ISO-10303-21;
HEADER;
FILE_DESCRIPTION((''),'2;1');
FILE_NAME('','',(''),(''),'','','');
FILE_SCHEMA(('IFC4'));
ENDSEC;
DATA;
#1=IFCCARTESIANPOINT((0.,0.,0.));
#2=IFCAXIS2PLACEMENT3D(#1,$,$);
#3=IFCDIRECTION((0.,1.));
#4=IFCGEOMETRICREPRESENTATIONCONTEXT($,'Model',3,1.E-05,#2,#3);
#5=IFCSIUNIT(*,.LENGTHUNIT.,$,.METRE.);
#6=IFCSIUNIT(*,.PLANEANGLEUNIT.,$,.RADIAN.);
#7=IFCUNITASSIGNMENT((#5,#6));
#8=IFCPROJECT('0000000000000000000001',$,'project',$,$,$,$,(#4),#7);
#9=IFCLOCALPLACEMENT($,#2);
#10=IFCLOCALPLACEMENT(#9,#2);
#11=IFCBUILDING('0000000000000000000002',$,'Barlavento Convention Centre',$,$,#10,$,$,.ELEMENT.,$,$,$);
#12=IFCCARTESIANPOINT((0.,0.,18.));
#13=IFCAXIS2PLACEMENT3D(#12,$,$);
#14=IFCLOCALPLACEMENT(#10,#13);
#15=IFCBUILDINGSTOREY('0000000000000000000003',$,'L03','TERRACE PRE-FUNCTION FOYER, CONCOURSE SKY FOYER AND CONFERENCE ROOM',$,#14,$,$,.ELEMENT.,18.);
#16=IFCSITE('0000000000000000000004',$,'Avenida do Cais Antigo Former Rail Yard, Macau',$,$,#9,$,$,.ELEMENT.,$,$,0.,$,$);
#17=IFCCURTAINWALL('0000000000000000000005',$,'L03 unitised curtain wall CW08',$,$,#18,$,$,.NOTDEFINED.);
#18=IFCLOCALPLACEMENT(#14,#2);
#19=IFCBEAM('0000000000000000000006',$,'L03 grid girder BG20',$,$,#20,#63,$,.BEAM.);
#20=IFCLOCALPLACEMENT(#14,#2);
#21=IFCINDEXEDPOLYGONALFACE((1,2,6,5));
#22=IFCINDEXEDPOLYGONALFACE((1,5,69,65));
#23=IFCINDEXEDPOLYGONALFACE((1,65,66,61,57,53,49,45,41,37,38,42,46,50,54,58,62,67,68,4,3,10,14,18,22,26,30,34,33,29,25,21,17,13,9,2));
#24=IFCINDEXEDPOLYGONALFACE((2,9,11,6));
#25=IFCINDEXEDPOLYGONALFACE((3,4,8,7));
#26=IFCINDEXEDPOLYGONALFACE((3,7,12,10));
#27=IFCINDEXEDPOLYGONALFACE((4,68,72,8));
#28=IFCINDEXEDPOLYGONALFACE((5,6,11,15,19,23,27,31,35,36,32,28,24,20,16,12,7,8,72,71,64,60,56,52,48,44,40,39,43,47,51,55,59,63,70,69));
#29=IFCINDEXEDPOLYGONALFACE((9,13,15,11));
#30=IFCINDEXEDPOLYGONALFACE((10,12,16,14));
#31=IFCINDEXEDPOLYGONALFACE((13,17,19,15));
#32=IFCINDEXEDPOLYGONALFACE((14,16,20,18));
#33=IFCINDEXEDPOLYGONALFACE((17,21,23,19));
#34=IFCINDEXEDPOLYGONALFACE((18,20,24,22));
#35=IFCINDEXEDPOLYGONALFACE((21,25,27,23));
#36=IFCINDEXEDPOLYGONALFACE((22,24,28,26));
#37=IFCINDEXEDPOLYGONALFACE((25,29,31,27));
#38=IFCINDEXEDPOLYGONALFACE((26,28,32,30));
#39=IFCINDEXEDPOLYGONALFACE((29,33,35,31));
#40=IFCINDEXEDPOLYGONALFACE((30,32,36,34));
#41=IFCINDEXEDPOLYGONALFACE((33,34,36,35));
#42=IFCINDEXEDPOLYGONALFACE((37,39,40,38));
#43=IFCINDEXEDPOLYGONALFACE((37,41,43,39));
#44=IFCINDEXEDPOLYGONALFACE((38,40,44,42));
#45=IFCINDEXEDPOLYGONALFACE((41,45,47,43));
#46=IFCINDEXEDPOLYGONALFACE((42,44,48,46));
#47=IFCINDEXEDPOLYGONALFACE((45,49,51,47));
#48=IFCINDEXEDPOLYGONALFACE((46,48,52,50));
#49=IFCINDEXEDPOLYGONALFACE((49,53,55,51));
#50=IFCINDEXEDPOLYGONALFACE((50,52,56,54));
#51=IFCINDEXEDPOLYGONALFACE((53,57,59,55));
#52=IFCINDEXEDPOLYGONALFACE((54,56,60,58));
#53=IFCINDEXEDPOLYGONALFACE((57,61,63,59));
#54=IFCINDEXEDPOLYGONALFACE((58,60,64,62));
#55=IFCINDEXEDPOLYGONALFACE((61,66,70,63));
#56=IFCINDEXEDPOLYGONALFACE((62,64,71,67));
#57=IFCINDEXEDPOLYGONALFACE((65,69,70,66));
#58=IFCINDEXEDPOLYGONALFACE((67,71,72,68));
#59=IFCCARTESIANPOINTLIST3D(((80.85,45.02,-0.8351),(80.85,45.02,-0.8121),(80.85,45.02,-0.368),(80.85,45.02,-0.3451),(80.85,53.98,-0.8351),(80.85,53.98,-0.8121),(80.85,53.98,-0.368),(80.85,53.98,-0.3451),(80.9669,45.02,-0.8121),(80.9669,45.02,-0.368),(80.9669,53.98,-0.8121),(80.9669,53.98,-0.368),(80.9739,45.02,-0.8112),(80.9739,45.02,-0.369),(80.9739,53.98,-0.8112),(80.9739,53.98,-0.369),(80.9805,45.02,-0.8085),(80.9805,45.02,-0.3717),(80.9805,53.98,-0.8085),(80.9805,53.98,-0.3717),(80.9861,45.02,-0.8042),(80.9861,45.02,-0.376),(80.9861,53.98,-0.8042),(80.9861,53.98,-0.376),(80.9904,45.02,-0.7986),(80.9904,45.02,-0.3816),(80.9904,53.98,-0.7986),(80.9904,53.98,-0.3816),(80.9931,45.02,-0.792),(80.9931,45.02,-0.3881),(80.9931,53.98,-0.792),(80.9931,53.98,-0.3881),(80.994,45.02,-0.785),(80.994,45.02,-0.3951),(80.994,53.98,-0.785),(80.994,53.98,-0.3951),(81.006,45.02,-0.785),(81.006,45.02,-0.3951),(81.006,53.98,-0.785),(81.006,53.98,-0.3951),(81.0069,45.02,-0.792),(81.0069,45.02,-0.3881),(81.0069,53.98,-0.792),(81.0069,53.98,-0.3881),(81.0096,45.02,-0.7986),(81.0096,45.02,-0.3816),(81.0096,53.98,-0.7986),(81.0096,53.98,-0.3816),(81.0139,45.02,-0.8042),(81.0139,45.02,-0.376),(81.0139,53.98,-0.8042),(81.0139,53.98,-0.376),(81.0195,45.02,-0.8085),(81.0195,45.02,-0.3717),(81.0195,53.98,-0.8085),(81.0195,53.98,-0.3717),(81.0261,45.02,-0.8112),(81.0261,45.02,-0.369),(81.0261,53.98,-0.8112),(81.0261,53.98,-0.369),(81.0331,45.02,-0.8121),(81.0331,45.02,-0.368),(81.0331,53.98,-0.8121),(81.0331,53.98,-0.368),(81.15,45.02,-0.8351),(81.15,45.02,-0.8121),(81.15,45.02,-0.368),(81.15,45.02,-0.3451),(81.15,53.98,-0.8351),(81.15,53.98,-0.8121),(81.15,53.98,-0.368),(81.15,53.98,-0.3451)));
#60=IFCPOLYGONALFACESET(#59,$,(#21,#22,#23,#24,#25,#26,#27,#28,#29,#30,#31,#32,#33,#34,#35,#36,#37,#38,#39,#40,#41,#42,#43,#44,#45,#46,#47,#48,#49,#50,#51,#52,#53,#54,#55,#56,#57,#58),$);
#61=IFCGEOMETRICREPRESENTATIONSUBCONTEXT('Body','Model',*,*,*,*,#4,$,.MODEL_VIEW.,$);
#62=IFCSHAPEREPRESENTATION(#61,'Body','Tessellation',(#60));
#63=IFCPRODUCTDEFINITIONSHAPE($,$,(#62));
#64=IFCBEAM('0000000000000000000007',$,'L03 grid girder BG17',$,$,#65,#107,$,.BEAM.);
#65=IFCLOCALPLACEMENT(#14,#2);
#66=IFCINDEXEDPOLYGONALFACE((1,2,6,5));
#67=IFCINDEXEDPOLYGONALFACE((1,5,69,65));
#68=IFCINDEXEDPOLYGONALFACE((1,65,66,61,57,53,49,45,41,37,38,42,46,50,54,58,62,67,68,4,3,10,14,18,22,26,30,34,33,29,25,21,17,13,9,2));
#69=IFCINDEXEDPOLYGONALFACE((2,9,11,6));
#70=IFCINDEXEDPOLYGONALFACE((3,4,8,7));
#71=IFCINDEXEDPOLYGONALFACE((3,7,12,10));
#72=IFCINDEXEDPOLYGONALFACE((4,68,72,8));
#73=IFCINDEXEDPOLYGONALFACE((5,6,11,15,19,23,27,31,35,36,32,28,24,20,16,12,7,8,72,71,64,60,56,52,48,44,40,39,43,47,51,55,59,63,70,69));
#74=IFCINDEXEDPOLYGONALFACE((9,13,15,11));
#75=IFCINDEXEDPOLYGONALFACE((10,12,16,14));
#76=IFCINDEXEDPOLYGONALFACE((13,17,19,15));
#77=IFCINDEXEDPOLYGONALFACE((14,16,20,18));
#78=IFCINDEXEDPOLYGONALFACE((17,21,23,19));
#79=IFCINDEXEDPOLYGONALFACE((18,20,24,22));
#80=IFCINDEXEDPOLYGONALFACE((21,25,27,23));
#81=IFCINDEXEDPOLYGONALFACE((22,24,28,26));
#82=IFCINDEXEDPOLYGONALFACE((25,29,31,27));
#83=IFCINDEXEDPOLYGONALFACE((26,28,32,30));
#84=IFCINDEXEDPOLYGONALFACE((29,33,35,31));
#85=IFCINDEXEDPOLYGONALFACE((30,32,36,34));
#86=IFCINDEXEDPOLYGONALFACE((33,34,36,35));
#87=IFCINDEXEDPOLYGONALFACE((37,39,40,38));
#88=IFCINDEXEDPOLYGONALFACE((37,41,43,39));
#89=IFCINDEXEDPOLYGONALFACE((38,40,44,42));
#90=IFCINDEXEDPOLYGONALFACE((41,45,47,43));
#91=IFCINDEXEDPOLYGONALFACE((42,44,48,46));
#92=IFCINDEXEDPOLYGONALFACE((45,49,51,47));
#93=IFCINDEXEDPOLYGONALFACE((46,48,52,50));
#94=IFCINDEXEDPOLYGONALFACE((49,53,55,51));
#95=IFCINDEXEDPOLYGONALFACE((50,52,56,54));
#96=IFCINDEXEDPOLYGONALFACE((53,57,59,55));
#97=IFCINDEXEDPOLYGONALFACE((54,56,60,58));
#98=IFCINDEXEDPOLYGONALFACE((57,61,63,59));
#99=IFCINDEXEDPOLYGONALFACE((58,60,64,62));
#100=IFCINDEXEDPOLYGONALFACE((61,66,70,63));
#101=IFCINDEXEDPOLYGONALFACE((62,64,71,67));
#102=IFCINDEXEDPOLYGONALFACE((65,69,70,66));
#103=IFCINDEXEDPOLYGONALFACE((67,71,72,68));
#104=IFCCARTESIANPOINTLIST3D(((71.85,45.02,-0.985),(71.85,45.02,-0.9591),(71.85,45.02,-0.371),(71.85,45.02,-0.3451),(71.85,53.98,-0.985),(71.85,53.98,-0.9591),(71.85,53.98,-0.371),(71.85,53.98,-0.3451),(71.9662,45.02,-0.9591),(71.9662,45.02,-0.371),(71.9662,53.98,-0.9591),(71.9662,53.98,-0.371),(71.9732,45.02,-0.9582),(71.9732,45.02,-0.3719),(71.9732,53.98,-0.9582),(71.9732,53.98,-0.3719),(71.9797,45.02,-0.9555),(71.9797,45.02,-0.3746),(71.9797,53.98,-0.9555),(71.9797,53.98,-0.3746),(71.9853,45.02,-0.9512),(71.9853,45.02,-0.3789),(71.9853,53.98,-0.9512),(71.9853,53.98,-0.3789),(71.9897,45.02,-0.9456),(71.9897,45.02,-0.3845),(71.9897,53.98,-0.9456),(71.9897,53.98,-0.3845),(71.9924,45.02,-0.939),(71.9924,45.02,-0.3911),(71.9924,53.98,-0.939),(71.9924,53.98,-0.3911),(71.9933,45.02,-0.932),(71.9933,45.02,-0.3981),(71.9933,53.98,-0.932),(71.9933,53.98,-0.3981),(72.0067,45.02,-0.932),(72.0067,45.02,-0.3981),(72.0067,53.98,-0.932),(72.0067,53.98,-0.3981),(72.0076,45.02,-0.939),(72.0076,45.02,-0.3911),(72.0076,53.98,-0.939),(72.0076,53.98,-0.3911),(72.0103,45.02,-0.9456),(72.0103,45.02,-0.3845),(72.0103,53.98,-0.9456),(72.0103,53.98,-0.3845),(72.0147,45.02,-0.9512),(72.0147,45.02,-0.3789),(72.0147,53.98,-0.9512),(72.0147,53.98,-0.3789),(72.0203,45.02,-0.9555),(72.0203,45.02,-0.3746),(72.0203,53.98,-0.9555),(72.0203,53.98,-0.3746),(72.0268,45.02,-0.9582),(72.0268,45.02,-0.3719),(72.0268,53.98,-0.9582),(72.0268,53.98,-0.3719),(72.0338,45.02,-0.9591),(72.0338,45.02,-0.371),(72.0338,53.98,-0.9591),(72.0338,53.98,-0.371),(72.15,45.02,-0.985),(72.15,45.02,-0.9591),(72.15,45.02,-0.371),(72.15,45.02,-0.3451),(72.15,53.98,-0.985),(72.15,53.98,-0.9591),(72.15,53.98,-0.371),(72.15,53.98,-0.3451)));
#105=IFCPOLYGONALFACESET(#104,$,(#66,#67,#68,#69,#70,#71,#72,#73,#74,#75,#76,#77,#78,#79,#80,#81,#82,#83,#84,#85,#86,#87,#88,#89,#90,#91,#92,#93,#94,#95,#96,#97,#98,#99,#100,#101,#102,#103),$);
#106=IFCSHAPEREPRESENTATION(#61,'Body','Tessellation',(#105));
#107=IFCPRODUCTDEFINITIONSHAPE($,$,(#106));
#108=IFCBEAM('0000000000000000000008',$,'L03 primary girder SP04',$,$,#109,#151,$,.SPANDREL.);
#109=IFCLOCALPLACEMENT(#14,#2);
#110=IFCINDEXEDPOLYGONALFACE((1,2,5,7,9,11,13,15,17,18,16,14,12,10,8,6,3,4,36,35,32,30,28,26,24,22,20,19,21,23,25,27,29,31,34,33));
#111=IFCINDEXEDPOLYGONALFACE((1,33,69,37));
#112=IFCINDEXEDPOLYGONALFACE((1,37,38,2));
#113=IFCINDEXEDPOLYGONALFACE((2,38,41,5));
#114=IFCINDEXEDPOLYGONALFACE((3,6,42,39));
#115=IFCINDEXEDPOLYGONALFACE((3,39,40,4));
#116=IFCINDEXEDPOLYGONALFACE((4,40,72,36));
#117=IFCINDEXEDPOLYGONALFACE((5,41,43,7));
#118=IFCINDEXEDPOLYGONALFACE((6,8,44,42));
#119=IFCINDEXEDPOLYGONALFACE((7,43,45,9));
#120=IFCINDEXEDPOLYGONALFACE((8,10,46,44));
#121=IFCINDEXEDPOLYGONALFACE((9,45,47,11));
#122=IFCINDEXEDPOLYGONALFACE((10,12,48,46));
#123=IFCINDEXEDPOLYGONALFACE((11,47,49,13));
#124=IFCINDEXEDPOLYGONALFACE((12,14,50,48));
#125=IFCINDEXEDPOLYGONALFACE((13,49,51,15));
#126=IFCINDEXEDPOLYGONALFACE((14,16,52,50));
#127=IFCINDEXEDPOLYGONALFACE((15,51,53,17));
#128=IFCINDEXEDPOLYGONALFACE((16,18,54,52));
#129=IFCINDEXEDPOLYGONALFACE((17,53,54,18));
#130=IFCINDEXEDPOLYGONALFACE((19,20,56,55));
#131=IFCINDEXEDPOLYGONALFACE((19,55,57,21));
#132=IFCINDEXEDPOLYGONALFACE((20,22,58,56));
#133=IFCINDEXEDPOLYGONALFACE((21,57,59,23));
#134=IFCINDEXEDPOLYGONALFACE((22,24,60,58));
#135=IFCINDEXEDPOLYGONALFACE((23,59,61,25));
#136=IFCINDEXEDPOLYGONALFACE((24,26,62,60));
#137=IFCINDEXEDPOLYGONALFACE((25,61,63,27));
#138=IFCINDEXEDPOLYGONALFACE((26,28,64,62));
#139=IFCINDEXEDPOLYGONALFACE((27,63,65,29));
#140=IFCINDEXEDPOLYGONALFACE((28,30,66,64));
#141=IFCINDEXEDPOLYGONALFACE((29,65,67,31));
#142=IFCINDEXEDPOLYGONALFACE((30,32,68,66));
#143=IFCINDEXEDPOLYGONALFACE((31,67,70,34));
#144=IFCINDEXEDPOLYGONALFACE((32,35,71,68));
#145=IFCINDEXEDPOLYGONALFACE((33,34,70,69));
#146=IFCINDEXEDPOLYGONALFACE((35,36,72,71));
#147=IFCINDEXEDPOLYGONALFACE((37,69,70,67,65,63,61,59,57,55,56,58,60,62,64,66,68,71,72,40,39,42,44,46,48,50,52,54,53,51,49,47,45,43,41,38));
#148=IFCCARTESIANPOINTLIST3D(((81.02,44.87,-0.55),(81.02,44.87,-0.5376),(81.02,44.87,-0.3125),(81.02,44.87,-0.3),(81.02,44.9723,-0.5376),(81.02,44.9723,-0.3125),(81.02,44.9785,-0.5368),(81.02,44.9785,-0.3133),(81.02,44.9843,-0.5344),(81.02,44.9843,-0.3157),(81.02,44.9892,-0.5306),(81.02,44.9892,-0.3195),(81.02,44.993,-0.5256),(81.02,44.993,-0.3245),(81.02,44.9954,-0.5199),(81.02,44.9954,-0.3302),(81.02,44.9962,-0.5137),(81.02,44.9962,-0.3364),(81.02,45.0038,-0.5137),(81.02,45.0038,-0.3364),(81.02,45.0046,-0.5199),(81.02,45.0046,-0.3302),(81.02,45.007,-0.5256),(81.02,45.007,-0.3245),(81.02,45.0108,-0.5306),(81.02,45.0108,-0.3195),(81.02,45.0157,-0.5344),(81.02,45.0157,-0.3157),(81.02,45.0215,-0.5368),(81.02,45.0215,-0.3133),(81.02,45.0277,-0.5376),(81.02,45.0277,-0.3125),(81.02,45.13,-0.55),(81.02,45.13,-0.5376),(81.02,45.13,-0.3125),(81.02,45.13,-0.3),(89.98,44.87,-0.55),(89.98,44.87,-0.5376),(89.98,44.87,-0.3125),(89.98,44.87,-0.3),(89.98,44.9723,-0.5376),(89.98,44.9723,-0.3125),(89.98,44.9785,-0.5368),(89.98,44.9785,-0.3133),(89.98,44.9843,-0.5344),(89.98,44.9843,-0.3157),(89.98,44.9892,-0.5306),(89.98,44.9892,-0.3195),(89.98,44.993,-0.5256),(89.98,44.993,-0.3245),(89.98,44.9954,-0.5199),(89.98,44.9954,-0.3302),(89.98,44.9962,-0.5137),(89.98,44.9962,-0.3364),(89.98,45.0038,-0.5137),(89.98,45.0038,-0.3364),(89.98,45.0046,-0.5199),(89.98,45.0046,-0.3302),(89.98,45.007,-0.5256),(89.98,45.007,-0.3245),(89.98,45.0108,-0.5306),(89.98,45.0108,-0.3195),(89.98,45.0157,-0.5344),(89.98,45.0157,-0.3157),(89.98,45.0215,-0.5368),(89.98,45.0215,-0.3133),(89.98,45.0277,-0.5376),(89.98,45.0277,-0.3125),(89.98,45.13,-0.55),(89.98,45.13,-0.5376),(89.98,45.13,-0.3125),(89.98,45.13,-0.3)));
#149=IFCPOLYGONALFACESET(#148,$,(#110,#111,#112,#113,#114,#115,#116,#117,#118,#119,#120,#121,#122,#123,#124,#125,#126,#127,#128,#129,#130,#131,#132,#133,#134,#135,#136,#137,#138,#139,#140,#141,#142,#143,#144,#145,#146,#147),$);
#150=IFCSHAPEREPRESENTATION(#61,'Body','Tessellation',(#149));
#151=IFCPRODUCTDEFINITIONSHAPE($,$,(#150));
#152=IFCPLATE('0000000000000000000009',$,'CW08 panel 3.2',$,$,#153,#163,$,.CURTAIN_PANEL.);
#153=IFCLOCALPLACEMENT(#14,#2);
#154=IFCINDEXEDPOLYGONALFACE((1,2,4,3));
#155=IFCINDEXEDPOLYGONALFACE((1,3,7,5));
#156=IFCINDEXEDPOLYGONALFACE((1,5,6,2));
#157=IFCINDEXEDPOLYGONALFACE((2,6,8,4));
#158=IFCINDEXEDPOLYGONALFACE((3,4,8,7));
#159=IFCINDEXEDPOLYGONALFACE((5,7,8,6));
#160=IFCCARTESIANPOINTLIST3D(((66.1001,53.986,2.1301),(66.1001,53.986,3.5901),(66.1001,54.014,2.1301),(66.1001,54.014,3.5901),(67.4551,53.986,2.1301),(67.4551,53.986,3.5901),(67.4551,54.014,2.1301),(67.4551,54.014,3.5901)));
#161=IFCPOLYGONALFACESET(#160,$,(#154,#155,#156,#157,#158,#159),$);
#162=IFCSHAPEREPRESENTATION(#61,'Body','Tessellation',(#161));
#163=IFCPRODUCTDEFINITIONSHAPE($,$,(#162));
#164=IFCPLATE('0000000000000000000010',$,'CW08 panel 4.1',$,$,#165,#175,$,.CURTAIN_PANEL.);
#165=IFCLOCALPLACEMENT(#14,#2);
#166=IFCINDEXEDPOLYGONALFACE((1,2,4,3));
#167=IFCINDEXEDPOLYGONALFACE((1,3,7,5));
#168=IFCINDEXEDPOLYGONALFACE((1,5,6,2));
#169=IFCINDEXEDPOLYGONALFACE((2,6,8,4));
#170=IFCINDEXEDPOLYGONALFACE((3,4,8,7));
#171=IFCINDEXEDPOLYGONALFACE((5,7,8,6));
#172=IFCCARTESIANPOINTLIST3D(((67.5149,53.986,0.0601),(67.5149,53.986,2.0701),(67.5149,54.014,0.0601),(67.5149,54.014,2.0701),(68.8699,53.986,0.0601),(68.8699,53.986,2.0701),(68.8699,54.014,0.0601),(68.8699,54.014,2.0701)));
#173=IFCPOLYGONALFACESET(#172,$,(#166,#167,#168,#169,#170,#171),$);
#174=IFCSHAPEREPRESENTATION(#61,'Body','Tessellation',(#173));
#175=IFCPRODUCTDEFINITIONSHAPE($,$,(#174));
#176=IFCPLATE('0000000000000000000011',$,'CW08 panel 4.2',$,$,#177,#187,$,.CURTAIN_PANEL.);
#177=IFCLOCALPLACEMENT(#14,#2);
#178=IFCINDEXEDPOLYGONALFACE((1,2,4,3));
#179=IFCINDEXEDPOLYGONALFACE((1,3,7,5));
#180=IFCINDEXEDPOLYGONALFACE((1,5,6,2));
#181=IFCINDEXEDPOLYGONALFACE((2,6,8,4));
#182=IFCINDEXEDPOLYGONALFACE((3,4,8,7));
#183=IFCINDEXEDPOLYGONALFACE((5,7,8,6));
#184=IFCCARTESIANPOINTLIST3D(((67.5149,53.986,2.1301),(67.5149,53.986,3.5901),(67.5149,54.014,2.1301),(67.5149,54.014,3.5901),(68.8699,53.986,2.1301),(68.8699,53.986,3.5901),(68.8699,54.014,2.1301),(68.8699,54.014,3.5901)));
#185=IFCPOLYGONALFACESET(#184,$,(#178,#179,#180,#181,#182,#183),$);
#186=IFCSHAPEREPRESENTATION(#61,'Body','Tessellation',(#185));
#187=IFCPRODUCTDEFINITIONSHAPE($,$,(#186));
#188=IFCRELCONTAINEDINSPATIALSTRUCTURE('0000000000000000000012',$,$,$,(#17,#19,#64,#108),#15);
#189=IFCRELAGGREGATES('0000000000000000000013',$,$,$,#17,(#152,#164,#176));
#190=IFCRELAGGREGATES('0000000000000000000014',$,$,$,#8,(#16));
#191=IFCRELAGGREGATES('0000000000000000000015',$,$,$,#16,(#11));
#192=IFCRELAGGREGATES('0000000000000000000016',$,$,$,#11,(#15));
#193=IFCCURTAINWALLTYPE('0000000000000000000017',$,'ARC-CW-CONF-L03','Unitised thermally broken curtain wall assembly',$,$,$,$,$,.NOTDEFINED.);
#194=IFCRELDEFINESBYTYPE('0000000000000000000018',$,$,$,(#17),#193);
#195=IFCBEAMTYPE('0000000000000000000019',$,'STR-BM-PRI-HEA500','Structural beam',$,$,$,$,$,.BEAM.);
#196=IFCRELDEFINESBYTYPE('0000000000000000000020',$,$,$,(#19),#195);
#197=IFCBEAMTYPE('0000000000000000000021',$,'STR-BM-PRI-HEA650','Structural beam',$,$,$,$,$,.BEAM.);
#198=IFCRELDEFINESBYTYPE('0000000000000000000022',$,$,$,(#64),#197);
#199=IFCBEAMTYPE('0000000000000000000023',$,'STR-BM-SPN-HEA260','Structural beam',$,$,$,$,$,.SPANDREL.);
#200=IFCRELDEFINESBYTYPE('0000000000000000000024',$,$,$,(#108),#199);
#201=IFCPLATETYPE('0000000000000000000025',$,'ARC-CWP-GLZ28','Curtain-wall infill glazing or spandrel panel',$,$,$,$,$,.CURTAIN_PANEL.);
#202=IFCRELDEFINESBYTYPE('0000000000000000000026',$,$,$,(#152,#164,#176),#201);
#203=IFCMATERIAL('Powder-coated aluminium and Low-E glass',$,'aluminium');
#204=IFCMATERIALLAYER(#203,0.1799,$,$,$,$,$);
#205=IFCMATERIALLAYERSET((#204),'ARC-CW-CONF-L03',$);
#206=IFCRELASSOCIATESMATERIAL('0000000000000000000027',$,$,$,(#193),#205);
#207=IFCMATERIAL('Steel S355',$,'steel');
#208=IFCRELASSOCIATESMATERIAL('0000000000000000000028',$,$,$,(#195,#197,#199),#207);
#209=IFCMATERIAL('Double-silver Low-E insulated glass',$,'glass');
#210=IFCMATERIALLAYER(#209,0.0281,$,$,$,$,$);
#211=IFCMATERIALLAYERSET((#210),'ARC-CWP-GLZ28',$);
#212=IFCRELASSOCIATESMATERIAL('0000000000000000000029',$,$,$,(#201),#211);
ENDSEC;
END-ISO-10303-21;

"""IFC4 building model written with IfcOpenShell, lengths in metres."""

from ifc_helpers import new_model, si_unit, direction, frame, origin, origin_2d, place, context, subcontext, project, spatial, rectangle, i_section, extrude, material, layer, layer_set, material_profile, profile_set, type_object, element, aggregate, save


model = new_model("IFC4")

# Units and contexts
model_context = context("Model", 3, precision=1e-05, world=origin(), true_north=direction((0.0, 1.0)))
body_context = subcontext(model_context, "Body", "Model", "MODEL_VIEW")
ifc_project = project(units=[si_unit("LENGTHUNIT", "METRE"), si_unit("PLANEANGLEUNIT", "RADIAN")], contexts=[model_context])

# Site, building, storey
site_placement = place(None, origin())
site = spatial("IfcSite", under=ifc_project, at=site_placement, Name="Avenida do Cais Antigo Former Rail Yard, Macau", CompositionType="ELEMENT", RefElevation=0.0)
building_placement = place(site_placement, origin())
building = spatial("IfcBuilding", under=site, at=building_placement, Name="Barlavento Convention Centre", CompositionType="ELEMENT")
storey_placement = place(building_placement, frame((0.0, 0.0, 18.0)))
storey = spatial("IfcBuildingStorey", under=building, at=storey_placement, Name="L03", Description="TERRACE PRE-FUNCTION FOYER, CONCOURSE SKY FOYER AND CONFERENCE ROOM", CompositionType="ELEMENT", Elevation=18.0)

# Shared definitions
ifc_material_1 = material(Name="Steel S355", Category="steel")

# Curtain wall
ifc_material_2 = material(Name="Powder-coated aluminium and Low-E glass", Category="aluminium")
ifc_layer_1 = layer(ifc_material_2, 0.1799)
ifc_layer_set_1 = layer_set([ifc_layer_1], Name="ARC-CW-CONF-L03")
curtain_wall_type = type_object("IfcCurtainWallType", Name="ARC-CW-CONF-L03", Description="Unitised thermally broken curtain wall assembly", PredefinedType="NOTDEFINED", material=ifc_layer_set_1)
curtain_wall_1_placement = place(storey_placement, origin())
curtain_wall_1 = element("IfcCurtainWall", 1, at=curtain_wall_1_placement, inside=storey, type_object=curtain_wall_type, Name="L03 unitised curtain wall CW08", PredefinedType="NOTDEFINED")

# Beams
ifc_material_profile_1 = material_profile(ifc_material_1, i_section(OverallWidth=0.3, OverallDepth=0.49, WebThickness=0.012, FlangeThickness=0.0229, FilletRadius=0.0271, at=origin_2d()), Name="HEA 500")
ifc_profile_set_1 = profile_set([ifc_material_profile_1], Name="Steel S355")
beam_type_1 = type_object("IfcBeamType", Name="STR-BM-PRI-HEA500", Description="Structural beam", PredefinedType="BEAM", material=ifc_profile_set_1)
beam_1_placement = place(storey_placement, frame((81.0, 45.02, -0.5901), z_axis=(0.0, 1.0, 0.0), x_axis=(-1.0, 0.0, 0.0)))
element("IfcBeam", 2, at=beam_1_placement, inside=storey, type_object=beam_type_1, Name="L03 grid girder BG20", PredefinedType="BEAM", context=body_context, shape_type="SweptSolid", body=[
    extrude(i_section(OverallWidth=0.3, OverallDepth=0.49, WebThickness=0.012, FlangeThickness=0.0229, FilletRadius=0.0271, at=origin_2d()), origin(), (0.0, 0.0, 1.0), 8.96),
])
ifc_material_profile_2 = material_profile(ifc_material_1, i_section(OverallWidth=0.3, OverallDepth=0.6399, WebThickness=0.0134, FlangeThickness=0.0259, FilletRadius=0.0271, at=origin_2d()), Name="HEA 650")
ifc_profile_set_2 = profile_set([ifc_material_profile_2], Name="Steel S355")
beam_type_2 = type_object("IfcBeamType", Name="STR-BM-PRI-HEA650", Description="Structural beam", PredefinedType="BEAM", material=ifc_profile_set_2)
beam_2_placement = place(storey_placement, frame((72.0, 45.02, -0.665), z_axis=(0.0, 1.0, 0.0), x_axis=(-1.0, 0.0, 0.0)))
element("IfcBeam", 3, at=beam_2_placement, inside=storey, type_object=beam_type_2, Name="L03 grid girder BG17", PredefinedType="BEAM", context=body_context, shape_type="SweptSolid", body=[
    extrude(i_section(OverallWidth=0.3, OverallDepth=0.6399, WebThickness=0.0134, FlangeThickness=0.0259, FilletRadius=0.0271, at=origin_2d()), origin(), (0.0, 0.0, 1.0), 8.96),
])
ifc_material_profile_3 = material_profile(ifc_material_1, i_section(OverallWidth=0.26, OverallDepth=0.25, WebThickness=0.0076, FlangeThickness=0.0125, FilletRadius=0.0239, at=origin_2d()), Name="HEA 260")
ifc_profile_set_3 = profile_set([ifc_material_profile_3], Name="Steel S355")
beam_type_3 = type_object("IfcBeamType", Name="STR-BM-SPN-HEA260", Description="Structural beam", PredefinedType="SPANDREL", material=ifc_profile_set_3)
beam_3_placement = place(storey_placement, frame((81.02, 45.0, -0.425), z_axis=(1.0, 0.0, 0.0), x_axis=(0.0, 1.0, 0.0)))
element("IfcBeam", 4, at=beam_3_placement, inside=storey, type_object=beam_type_3, Name="L03 primary girder SP04", PredefinedType="SPANDREL", context=body_context, shape_type="SweptSolid", body=[
    extrude(i_section(OverallWidth=0.26, OverallDepth=0.25, WebThickness=0.0076, FlangeThickness=0.0125, FilletRadius=0.0239, at=origin_2d()), origin(), (0.0, 0.0, 1.0), 8.96),
])

# Plates
ifc_material_3 = material(Name="Double-silver Low-E insulated glass", Category="glass")
ifc_layer_2 = layer(ifc_material_3, 0.0281)
ifc_layer_set_2 = layer_set([ifc_layer_2], Name="ARC-CWP-GLZ28")
plate_type_1 = type_object("IfcPlateType", Name="ARC-CWP-GLZ28", Description="Curtain-wall infill glazing or spandrel panel", PredefinedType="CURTAIN_PANEL", material=ifc_layer_set_2)
plate_1_placement = place(storey_placement, frame((66.7776, 54.0, 2.1301), z_axis=(0.0, 0.0, 1.0), x_axis=(1.0, 0.0, 0.0)))
plate_1 = element("IfcPlate", 5, at=plate_1_placement, type_object=plate_type_1, Name="CW08 panel 3.2", PredefinedType="CURTAIN_PANEL", context=body_context, shape_type="SweptSolid", body=[
    extrude(rectangle(XDim=1.355, YDim=0.0281, at=origin_2d()), origin(), (0.0, 0.0, 1.0), 1.46),
])
plate_2_placement = place(storey_placement, frame((68.1924, 54.0, 0.0601), z_axis=(0.0, 0.0, 1.0), x_axis=(1.0, 0.0, 0.0)))
plate_2 = element("IfcPlate", 6, at=plate_2_placement, type_object=plate_type_1, Name="CW08 panel 4.1", PredefinedType="CURTAIN_PANEL", context=body_context, shape_type="SweptSolid", body=[
    extrude(rectangle(XDim=1.355, YDim=0.0281, at=origin_2d()), origin(), (0.0, 0.0, 1.0), 2.01),
])
plate_3_placement = place(storey_placement, frame((68.1924, 54.0, 2.1301), z_axis=(0.0, 0.0, 1.0), x_axis=(1.0, 0.0, 0.0)))
plate_3 = element("IfcPlate", 7, at=plate_3_placement, type_object=plate_type_1, Name="CW08 panel 4.2", PredefinedType="CURTAIN_PANEL", context=body_context, shape_type="SweptSolid", body=[
    extrude(rectangle(XDim=1.355, YDim=0.0281, at=origin_2d()), origin(), (0.0, 0.0, 1.0), 1.46),
])
aggregate(curtain_wall_1, [plate_1, plate_2, plate_3])

save(model, "model.ifc")
